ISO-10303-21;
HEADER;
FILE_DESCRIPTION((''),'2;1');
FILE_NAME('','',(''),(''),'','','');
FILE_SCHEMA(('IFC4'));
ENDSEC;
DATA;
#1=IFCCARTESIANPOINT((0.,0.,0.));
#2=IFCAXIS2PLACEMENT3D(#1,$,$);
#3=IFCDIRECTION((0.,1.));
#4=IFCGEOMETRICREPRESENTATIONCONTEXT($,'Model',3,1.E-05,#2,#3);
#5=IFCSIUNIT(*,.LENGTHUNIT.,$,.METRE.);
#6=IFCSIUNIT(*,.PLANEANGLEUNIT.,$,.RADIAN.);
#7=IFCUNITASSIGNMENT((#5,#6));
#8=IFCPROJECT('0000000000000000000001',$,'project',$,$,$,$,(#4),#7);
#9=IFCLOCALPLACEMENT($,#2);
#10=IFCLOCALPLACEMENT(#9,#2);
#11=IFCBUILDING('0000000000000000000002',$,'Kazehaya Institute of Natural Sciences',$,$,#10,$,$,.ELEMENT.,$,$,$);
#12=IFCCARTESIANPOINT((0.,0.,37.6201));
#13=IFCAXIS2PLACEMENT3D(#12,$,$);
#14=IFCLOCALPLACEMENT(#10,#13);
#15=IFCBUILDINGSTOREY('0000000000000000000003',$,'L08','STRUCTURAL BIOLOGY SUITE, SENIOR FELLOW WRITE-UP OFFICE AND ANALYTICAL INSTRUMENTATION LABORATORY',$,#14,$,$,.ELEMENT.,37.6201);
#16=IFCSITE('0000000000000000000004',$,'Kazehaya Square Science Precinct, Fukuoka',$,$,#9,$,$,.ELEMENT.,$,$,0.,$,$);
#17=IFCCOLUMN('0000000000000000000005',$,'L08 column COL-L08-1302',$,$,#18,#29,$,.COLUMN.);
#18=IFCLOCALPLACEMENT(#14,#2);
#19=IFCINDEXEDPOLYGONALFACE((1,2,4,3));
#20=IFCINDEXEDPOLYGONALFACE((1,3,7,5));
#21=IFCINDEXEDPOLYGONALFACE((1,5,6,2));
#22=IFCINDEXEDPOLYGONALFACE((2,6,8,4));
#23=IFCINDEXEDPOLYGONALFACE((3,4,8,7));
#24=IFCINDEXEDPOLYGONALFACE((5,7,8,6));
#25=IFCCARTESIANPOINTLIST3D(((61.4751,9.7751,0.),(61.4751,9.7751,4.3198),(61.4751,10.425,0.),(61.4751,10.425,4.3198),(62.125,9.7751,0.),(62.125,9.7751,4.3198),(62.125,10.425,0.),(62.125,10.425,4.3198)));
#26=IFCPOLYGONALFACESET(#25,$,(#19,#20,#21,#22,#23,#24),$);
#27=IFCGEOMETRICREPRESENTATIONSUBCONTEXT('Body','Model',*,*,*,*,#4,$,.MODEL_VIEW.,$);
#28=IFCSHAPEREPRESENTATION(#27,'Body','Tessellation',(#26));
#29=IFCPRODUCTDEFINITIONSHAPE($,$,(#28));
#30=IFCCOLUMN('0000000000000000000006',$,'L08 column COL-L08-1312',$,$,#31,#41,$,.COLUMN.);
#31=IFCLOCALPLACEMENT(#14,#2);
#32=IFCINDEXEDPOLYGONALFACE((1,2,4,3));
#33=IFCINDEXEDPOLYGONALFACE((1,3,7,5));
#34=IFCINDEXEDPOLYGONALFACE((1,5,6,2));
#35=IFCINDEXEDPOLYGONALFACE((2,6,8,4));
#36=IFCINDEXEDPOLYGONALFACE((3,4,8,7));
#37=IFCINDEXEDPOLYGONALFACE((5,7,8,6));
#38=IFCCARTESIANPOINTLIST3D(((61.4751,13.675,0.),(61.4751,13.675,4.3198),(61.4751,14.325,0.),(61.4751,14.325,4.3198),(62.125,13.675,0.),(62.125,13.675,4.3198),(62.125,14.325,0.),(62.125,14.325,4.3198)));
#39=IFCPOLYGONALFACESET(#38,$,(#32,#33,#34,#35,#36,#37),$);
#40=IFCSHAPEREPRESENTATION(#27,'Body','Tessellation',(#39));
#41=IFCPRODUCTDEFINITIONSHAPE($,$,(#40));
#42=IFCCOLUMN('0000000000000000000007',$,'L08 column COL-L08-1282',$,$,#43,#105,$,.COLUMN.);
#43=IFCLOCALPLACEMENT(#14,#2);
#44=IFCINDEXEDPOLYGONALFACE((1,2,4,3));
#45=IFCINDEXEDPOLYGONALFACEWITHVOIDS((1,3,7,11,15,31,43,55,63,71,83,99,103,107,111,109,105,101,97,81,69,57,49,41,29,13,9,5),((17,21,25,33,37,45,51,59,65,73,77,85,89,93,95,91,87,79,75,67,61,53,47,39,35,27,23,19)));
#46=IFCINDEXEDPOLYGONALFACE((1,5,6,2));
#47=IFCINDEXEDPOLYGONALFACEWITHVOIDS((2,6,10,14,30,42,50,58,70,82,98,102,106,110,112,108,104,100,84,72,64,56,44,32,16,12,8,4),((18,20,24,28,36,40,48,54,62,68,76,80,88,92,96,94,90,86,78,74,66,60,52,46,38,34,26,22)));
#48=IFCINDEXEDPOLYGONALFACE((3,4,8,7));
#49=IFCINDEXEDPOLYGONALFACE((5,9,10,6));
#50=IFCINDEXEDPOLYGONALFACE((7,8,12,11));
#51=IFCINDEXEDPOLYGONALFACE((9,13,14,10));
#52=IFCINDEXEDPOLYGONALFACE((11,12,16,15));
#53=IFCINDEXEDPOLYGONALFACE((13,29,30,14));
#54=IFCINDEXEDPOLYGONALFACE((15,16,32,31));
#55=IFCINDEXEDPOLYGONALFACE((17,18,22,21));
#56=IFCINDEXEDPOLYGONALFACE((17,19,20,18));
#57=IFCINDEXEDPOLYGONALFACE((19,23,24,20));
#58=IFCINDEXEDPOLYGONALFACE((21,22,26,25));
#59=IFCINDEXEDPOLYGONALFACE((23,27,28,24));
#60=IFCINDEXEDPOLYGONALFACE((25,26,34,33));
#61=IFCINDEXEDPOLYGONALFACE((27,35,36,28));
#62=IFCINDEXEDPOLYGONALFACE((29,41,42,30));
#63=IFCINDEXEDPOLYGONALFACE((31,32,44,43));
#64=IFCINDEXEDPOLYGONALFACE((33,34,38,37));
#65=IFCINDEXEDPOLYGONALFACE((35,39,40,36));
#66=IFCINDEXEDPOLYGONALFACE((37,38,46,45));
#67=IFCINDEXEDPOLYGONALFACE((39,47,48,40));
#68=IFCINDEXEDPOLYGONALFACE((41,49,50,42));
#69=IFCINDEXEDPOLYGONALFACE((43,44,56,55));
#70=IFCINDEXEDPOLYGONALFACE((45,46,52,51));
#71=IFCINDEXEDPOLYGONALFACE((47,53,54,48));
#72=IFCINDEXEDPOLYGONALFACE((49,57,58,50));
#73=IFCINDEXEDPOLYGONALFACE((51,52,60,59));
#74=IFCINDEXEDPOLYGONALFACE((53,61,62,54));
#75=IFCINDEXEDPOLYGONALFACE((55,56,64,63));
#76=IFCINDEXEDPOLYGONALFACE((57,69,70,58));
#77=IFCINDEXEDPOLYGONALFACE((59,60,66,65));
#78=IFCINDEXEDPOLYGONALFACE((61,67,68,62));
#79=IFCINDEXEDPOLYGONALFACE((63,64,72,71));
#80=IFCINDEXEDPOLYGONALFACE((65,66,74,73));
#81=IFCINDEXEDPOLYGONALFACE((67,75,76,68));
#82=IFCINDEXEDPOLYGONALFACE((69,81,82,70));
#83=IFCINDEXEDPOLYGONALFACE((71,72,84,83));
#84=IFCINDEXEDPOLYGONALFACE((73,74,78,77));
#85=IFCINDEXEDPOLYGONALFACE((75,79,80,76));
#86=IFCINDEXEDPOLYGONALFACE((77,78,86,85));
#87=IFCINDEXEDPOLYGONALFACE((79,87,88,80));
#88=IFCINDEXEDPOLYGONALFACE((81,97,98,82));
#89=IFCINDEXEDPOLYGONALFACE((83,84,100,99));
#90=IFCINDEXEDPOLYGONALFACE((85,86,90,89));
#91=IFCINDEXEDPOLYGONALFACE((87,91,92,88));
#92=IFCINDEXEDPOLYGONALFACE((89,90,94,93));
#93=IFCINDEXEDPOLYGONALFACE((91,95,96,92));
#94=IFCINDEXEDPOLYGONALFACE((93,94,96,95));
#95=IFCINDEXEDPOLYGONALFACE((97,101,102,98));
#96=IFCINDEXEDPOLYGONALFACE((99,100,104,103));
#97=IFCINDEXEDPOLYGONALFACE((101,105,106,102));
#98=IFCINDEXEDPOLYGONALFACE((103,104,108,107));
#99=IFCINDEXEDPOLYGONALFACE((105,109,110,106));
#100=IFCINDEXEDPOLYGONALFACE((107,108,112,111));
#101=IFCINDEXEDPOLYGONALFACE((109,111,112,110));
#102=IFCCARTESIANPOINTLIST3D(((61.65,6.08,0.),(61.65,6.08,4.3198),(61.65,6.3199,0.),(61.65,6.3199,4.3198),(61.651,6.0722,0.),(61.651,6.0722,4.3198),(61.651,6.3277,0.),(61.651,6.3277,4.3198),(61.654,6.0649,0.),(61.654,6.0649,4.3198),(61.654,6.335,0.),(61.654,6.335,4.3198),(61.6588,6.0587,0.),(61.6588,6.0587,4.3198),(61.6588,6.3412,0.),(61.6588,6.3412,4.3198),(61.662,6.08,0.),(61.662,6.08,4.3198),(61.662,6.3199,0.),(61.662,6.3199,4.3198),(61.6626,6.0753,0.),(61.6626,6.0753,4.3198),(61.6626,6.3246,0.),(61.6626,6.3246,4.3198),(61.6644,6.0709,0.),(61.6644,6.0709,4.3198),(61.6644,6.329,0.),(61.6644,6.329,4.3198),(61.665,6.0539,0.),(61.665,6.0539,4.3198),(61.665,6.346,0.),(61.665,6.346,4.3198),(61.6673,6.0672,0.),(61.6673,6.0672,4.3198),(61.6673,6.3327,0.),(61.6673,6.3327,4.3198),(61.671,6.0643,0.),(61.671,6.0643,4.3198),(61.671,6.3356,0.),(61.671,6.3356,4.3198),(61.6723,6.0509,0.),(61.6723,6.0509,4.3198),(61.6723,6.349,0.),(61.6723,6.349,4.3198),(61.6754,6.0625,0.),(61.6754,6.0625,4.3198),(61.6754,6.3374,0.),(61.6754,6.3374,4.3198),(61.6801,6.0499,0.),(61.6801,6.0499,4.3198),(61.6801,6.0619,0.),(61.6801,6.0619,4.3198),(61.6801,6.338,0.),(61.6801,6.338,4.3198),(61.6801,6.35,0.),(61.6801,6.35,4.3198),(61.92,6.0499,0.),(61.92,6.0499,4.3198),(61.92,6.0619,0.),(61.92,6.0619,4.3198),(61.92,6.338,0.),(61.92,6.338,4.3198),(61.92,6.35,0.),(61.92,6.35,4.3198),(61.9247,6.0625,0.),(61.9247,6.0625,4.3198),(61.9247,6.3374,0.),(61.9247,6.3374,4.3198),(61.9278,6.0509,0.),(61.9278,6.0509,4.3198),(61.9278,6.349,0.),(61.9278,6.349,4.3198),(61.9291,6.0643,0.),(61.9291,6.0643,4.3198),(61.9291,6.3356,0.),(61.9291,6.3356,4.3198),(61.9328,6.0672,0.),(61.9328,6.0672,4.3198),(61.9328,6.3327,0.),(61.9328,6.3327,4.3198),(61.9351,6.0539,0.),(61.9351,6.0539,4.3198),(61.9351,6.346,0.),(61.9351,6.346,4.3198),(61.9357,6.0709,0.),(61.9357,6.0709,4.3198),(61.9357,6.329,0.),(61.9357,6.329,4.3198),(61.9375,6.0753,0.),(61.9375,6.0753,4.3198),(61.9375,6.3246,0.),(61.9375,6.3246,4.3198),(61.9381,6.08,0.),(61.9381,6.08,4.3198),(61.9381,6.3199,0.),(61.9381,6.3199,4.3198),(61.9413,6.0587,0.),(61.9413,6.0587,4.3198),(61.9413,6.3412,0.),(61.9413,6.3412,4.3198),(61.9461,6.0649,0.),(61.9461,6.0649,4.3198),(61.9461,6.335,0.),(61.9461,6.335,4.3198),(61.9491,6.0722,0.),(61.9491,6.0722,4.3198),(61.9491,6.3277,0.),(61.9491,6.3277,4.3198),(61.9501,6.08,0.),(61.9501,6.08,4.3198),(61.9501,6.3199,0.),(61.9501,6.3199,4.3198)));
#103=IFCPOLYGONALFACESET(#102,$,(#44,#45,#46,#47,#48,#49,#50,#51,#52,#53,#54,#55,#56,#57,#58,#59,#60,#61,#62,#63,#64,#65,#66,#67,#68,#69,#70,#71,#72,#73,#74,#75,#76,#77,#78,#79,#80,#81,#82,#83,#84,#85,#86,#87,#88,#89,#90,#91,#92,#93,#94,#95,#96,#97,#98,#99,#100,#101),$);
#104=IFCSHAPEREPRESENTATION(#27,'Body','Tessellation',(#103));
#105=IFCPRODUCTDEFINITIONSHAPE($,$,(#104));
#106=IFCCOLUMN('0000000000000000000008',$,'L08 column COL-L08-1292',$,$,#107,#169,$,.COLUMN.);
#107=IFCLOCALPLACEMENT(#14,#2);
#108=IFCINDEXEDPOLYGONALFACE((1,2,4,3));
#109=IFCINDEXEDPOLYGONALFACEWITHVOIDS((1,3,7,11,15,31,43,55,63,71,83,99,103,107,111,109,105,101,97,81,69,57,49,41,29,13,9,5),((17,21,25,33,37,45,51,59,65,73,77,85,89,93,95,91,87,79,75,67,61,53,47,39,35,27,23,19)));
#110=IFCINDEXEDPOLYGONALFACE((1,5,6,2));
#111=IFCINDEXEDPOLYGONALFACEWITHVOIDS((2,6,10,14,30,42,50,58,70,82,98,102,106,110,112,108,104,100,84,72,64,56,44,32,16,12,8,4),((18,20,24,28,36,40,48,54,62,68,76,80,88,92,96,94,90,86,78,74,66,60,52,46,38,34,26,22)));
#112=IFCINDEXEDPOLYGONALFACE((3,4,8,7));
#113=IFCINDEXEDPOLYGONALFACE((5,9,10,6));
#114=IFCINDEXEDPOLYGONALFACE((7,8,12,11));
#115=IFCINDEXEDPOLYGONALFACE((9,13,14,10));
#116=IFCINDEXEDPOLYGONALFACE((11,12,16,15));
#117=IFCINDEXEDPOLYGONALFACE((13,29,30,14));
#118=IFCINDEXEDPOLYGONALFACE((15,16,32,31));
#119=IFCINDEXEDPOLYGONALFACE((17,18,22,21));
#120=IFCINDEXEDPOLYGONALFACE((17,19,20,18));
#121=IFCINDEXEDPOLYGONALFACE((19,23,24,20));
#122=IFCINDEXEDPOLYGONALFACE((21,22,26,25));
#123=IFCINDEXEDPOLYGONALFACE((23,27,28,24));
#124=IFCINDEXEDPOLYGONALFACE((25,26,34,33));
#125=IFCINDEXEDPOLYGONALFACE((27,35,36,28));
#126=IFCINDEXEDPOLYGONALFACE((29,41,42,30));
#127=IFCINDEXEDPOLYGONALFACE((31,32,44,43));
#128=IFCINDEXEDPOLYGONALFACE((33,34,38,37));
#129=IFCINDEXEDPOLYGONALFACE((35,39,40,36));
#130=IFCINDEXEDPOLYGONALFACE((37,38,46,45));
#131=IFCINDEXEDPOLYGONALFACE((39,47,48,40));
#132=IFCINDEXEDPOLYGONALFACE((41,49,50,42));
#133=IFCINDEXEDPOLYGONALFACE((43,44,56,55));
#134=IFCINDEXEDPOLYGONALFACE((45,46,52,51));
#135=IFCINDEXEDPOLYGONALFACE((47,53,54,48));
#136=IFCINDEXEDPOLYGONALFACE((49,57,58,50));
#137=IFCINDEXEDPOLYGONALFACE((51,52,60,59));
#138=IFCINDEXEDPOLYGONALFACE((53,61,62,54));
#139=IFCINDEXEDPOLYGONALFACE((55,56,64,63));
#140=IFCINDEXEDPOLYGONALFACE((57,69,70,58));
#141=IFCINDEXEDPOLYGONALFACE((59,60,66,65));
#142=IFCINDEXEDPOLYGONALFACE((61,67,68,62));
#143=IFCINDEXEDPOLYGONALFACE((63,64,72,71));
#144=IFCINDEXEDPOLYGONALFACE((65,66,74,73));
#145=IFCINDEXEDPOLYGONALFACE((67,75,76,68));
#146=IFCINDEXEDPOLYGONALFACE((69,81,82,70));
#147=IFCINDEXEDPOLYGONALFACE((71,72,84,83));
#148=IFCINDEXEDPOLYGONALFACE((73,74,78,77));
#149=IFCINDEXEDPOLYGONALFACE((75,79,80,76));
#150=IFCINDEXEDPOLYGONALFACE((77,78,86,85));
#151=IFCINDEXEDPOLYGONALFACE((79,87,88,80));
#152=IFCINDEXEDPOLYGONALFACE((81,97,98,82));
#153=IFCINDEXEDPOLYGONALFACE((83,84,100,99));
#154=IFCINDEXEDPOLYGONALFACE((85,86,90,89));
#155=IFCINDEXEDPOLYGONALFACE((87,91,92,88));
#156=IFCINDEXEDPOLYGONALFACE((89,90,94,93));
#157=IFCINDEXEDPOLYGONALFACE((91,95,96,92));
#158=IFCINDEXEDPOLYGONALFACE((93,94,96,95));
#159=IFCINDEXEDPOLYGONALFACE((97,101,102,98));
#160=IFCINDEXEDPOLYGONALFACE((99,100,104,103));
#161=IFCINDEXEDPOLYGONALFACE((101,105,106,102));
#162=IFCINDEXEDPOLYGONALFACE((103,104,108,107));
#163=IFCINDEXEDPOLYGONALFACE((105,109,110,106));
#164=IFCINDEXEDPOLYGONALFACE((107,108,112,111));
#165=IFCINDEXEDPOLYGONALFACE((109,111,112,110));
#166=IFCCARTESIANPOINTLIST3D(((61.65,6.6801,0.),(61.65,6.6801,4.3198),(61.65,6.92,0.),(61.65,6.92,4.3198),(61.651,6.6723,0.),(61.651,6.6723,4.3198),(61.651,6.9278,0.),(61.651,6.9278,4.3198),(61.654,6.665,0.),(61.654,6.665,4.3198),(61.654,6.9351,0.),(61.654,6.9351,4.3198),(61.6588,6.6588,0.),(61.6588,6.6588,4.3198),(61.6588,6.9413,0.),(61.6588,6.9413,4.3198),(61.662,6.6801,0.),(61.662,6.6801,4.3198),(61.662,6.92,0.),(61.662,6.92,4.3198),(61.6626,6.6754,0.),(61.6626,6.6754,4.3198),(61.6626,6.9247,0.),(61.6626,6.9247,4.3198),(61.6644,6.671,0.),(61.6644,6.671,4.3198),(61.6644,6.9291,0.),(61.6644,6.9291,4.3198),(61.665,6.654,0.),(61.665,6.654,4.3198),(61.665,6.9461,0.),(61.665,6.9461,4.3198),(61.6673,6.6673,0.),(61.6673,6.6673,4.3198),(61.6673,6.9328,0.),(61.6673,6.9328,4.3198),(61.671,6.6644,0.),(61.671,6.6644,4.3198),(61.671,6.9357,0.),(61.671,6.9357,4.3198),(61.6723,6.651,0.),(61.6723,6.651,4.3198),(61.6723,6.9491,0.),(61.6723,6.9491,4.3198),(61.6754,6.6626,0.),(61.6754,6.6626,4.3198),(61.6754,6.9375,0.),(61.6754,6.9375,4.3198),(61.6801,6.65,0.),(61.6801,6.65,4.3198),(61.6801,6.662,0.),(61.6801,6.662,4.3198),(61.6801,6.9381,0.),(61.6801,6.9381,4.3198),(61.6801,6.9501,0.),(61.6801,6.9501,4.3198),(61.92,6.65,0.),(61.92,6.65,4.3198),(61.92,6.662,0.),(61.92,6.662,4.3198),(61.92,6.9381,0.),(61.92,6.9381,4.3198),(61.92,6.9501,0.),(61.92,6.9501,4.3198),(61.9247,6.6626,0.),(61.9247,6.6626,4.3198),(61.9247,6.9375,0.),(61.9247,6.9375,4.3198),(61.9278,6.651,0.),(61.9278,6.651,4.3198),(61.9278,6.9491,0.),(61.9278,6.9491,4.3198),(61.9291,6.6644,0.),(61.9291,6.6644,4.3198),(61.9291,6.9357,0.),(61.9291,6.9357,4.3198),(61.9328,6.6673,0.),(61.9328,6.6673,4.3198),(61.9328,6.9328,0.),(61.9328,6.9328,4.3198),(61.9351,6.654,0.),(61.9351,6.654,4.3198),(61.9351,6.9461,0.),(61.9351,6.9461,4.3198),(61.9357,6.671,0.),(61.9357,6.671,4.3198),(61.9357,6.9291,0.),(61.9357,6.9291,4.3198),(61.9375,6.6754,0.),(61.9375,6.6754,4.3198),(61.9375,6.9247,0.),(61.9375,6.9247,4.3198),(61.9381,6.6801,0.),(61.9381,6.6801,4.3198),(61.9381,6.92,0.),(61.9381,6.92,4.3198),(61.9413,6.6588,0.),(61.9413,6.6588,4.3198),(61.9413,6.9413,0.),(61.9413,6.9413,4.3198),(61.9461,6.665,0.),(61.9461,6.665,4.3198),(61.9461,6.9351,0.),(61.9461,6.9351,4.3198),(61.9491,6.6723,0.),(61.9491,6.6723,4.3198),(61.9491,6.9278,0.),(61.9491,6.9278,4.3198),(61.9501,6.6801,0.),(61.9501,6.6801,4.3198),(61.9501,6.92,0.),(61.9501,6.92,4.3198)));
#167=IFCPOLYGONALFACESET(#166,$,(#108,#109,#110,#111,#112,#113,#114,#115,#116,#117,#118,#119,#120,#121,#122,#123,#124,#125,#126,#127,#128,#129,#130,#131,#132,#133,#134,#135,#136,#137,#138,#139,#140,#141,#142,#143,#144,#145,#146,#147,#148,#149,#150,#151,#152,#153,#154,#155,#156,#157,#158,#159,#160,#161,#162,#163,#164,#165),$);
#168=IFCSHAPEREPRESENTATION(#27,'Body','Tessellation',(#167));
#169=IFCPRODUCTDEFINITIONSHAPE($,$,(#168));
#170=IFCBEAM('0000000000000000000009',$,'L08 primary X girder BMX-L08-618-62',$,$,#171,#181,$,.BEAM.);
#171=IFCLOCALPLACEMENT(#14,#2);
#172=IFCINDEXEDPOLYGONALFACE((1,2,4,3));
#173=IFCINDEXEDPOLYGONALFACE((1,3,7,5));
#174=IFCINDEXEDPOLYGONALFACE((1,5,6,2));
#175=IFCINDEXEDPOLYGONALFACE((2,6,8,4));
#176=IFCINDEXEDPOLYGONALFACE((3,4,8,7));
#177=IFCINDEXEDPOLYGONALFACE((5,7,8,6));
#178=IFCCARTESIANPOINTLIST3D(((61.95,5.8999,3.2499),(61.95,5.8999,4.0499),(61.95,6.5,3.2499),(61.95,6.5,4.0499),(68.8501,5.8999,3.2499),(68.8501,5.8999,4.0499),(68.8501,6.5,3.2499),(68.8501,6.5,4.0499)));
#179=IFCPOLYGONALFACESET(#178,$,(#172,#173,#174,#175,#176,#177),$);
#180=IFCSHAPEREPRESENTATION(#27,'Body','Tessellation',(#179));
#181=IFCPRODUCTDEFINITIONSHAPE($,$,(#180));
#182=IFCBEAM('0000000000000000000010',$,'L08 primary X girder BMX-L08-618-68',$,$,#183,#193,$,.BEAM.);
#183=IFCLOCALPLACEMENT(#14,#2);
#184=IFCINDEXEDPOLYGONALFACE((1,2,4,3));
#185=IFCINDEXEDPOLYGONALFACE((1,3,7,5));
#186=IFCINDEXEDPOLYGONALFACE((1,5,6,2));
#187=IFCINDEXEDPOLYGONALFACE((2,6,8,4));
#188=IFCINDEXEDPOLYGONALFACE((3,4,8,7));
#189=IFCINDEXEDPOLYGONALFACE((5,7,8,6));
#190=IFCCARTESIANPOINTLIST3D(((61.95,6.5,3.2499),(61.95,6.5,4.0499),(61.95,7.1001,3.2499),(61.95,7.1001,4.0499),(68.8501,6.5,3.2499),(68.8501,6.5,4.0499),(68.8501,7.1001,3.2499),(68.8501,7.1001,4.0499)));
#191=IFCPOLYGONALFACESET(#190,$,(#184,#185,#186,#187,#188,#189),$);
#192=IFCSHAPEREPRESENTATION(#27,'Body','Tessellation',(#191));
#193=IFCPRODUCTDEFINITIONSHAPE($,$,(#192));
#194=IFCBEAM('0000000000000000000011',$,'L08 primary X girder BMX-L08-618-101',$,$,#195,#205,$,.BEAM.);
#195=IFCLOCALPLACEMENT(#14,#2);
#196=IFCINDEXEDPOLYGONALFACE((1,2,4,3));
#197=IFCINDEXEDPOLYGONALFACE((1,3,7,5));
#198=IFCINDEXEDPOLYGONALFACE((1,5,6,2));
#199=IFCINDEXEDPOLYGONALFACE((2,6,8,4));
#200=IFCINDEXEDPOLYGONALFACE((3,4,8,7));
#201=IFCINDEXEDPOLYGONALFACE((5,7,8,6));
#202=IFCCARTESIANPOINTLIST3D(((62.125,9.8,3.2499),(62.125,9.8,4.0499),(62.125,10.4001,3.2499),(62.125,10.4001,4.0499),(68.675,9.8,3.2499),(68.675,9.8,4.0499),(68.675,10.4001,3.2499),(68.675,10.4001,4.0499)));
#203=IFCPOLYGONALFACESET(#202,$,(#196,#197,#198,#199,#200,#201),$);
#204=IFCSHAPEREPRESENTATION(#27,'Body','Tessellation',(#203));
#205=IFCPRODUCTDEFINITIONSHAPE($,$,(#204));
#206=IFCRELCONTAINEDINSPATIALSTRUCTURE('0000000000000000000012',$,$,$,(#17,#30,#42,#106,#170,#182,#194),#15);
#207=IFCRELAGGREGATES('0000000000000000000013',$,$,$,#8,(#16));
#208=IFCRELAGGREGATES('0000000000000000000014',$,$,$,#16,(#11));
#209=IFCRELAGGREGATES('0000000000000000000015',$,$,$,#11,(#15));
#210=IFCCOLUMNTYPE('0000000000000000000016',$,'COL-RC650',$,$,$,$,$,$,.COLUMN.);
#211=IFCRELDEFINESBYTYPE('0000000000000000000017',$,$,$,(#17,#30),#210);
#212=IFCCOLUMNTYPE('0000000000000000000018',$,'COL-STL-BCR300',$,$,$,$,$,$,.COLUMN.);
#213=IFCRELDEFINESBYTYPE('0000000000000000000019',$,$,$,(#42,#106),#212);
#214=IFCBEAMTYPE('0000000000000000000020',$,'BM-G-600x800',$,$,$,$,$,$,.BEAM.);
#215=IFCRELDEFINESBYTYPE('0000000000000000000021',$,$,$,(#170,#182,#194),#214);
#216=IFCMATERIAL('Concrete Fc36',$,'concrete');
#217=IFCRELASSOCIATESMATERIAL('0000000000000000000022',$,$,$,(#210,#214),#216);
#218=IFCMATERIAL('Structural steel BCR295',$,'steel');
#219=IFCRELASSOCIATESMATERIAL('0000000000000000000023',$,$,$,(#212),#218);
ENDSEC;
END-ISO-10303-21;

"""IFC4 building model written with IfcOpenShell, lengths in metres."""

from ifc_helpers import new_model, si_unit, direction, frame, origin, origin_2d, place, context, subcontext, project, spatial, rectangle, hollow_rectangle, extrude, material, material_profile, profile_set, type_object, element, save


model = new_model("IFC4")

# Units and contexts
model_context = context("Model", 3, precision=1e-05, world=origin(), true_north=direction((0.0, 1.0)))
body_context = subcontext(model_context, "Body", "Model", "MODEL_VIEW")
ifc_project = project(units=[si_unit("LENGTHUNIT", "METRE"), si_unit("PLANEANGLEUNIT", "RADIAN")], contexts=[model_context])

# Site, building, storey
site_placement = place(None, origin())
site = spatial("IfcSite", under=ifc_project, at=site_placement, Name="Kazehaya Square Science Precinct, Fukuoka", CompositionType="ELEMENT", RefElevation=0.0)
building_placement = place(site_placement, origin())
building = spatial("IfcBuilding", under=site, at=building_placement, Name="Kazehaya Institute of Natural Sciences", CompositionType="ELEMENT")
storey_placement = place(building_placement, frame((0.0, 0.0, 37.6201)))
storey = spatial("IfcBuildingStorey", under=building, at=storey_placement, Name="L08", Description="STRUCTURAL BIOLOGY SUITE, SENIOR FELLOW WRITE-UP OFFICE AND ANALYTICAL INSTRUMENTATION LABORATORY", CompositionType="ELEMENT", Elevation=37.6201)

# Columns
ifc_material_1 = material(Name="Concrete Fc36", Category="concrete")
ifc_material_profile_1 = material_profile(ifc_material_1, rectangle(XDim=0.6499, YDim=0.6499, at=origin_2d()), Name="RC-650x650")
ifc_profile_set_1 = profile_set([ifc_material_profile_1], Name="Concrete Fc36")
column_type_1 = type_object("IfcColumnType", Name="COL-RC650", PredefinedType="COLUMN", material=ifc_profile_set_1)
for number, where, z_axis, x_axis, name in (
    (1, (61.8, 10.1001, 0.0), (0.0, 0.0, 1.0), (1.0, 0.0, 0.0), "L08 column COL-L08-1302"),
    (2, (61.8, 14.0, 0.0), (0.0, 0.0, 1.0), (1.0, 0.0, 0.0), "L08 column COL-L08-1312"),
):
    element("IfcColumn", number, at=place(storey_placement, frame(where, z_axis=z_axis, x_axis=x_axis)), inside=storey, type_object=column_type_1, Name=name, PredefinedType="COLUMN", context=body_context, shape_type="SweptSolid", body=[
        extrude(rectangle(XDim=0.6499, YDim=0.6499, at=origin_2d()), origin(), (0.0, 0.0, 1.0), 4.3198),
    ])
ifc_material_2 = material(Name="Structural steel BCR295", Category="steel")
ifc_material_profile_2 = material_profile(ifc_material_2, hollow_rectangle(XDim=0.3, YDim=0.3, WallThickness=0.012, InnerFilletRadius=0.0181, OuterFilletRadius=0.03, at=origin_2d()), Name="BCR-300x300x12")
ifc_profile_set_2 = profile_set([ifc_material_profile_2], Name="Structural steel BCR295")
column_type_2 = type_object("IfcColumnType", Name="COL-STL-BCR300", PredefinedType="COLUMN", material=ifc_profile_set_2)
for number, where, z_axis, x_axis, name in (
    (3, (61.8, 6.2, 0.0), (0.0, 0.0, 1.0), (1.0, 0.0, 0.0), "L08 column COL-L08-1282"),
    (4, (61.8, 6.8, 0.0), (0.0, 0.0, 1.0), (1.0, 0.0, 0.0), "L08 column COL-L08-1292"),
):
    element("IfcColumn", number, at=place(storey_placement, frame(where, z_axis=z_axis, x_axis=x_axis)), inside=storey, type_object=column_type_2, Name=name, PredefinedType="COLUMN", context=body_context, shape_type="SweptSolid", body=[
        extrude(hollow_rectangle(XDim=0.3, YDim=0.3, WallThickness=0.012, InnerFilletRadius=0.0181, OuterFilletRadius=0.03, at=origin_2d()), origin(), (0.0, 0.0, 1.0), 4.3198),
    ])

# Beams
ifc_material_profile_3 = material_profile(ifc_material_1, rectangle(XDim=0.6001, YDim=0.8, at=origin_2d()), Name="RC-600x800")
ifc_profile_set_3 = profile_set([ifc_material_profile_3], Name="Concrete Fc36")
beam_type = type_object("IfcBeamType", Name="BM-G-600x800", PredefinedType="BEAM", material=ifc_profile_set_3)
for number, where, z_axis, x_axis, name in (
    (5, (61.95, 6.2, 3.6499), (1.0, 0.0, 0.0), (0.0, 1.0, 0.0), "L08 primary X girder BMX-L08-618-62"),
    (6, (61.95, 6.8, 3.6499), (1.0, 0.0, 0.0), (0.0, 1.0, 0.0), "L08 primary X girder BMX-L08-618-68"),
):
    element("IfcBeam", number, at=place(storey_placement, frame(where, z_axis=z_axis, x_axis=x_axis)), inside=storey, type_object=beam_type, Name=name, PredefinedType="BEAM", context=body_context, shape_type="SweptSolid", body=[
        extrude(rectangle(XDim=0.6001, YDim=0.8, at=origin_2d()), origin(), (0.0, 0.0, 1.0), 6.9001),
    ])
for number, where, z_axis, x_axis, name in (
    (7, (62.125, 10.1001, 3.6499), (1.0, 0.0, 0.0), (0.0, 1.0, 0.0), "L08 primary X girder BMX-L08-618-101"),
):
    element("IfcBeam", number, at=place(storey_placement, frame(where, z_axis=z_axis, x_axis=x_axis)), inside=storey, type_object=beam_type, Name=name, PredefinedType="BEAM", context=body_context, shape_type="SweptSolid", body=[
        extrude(rectangle(XDim=0.6001, YDim=0.8, at=origin_2d()), origin(), (0.0, 0.0, 1.0), 6.55),
    ])

save(model, "model.ifc")
